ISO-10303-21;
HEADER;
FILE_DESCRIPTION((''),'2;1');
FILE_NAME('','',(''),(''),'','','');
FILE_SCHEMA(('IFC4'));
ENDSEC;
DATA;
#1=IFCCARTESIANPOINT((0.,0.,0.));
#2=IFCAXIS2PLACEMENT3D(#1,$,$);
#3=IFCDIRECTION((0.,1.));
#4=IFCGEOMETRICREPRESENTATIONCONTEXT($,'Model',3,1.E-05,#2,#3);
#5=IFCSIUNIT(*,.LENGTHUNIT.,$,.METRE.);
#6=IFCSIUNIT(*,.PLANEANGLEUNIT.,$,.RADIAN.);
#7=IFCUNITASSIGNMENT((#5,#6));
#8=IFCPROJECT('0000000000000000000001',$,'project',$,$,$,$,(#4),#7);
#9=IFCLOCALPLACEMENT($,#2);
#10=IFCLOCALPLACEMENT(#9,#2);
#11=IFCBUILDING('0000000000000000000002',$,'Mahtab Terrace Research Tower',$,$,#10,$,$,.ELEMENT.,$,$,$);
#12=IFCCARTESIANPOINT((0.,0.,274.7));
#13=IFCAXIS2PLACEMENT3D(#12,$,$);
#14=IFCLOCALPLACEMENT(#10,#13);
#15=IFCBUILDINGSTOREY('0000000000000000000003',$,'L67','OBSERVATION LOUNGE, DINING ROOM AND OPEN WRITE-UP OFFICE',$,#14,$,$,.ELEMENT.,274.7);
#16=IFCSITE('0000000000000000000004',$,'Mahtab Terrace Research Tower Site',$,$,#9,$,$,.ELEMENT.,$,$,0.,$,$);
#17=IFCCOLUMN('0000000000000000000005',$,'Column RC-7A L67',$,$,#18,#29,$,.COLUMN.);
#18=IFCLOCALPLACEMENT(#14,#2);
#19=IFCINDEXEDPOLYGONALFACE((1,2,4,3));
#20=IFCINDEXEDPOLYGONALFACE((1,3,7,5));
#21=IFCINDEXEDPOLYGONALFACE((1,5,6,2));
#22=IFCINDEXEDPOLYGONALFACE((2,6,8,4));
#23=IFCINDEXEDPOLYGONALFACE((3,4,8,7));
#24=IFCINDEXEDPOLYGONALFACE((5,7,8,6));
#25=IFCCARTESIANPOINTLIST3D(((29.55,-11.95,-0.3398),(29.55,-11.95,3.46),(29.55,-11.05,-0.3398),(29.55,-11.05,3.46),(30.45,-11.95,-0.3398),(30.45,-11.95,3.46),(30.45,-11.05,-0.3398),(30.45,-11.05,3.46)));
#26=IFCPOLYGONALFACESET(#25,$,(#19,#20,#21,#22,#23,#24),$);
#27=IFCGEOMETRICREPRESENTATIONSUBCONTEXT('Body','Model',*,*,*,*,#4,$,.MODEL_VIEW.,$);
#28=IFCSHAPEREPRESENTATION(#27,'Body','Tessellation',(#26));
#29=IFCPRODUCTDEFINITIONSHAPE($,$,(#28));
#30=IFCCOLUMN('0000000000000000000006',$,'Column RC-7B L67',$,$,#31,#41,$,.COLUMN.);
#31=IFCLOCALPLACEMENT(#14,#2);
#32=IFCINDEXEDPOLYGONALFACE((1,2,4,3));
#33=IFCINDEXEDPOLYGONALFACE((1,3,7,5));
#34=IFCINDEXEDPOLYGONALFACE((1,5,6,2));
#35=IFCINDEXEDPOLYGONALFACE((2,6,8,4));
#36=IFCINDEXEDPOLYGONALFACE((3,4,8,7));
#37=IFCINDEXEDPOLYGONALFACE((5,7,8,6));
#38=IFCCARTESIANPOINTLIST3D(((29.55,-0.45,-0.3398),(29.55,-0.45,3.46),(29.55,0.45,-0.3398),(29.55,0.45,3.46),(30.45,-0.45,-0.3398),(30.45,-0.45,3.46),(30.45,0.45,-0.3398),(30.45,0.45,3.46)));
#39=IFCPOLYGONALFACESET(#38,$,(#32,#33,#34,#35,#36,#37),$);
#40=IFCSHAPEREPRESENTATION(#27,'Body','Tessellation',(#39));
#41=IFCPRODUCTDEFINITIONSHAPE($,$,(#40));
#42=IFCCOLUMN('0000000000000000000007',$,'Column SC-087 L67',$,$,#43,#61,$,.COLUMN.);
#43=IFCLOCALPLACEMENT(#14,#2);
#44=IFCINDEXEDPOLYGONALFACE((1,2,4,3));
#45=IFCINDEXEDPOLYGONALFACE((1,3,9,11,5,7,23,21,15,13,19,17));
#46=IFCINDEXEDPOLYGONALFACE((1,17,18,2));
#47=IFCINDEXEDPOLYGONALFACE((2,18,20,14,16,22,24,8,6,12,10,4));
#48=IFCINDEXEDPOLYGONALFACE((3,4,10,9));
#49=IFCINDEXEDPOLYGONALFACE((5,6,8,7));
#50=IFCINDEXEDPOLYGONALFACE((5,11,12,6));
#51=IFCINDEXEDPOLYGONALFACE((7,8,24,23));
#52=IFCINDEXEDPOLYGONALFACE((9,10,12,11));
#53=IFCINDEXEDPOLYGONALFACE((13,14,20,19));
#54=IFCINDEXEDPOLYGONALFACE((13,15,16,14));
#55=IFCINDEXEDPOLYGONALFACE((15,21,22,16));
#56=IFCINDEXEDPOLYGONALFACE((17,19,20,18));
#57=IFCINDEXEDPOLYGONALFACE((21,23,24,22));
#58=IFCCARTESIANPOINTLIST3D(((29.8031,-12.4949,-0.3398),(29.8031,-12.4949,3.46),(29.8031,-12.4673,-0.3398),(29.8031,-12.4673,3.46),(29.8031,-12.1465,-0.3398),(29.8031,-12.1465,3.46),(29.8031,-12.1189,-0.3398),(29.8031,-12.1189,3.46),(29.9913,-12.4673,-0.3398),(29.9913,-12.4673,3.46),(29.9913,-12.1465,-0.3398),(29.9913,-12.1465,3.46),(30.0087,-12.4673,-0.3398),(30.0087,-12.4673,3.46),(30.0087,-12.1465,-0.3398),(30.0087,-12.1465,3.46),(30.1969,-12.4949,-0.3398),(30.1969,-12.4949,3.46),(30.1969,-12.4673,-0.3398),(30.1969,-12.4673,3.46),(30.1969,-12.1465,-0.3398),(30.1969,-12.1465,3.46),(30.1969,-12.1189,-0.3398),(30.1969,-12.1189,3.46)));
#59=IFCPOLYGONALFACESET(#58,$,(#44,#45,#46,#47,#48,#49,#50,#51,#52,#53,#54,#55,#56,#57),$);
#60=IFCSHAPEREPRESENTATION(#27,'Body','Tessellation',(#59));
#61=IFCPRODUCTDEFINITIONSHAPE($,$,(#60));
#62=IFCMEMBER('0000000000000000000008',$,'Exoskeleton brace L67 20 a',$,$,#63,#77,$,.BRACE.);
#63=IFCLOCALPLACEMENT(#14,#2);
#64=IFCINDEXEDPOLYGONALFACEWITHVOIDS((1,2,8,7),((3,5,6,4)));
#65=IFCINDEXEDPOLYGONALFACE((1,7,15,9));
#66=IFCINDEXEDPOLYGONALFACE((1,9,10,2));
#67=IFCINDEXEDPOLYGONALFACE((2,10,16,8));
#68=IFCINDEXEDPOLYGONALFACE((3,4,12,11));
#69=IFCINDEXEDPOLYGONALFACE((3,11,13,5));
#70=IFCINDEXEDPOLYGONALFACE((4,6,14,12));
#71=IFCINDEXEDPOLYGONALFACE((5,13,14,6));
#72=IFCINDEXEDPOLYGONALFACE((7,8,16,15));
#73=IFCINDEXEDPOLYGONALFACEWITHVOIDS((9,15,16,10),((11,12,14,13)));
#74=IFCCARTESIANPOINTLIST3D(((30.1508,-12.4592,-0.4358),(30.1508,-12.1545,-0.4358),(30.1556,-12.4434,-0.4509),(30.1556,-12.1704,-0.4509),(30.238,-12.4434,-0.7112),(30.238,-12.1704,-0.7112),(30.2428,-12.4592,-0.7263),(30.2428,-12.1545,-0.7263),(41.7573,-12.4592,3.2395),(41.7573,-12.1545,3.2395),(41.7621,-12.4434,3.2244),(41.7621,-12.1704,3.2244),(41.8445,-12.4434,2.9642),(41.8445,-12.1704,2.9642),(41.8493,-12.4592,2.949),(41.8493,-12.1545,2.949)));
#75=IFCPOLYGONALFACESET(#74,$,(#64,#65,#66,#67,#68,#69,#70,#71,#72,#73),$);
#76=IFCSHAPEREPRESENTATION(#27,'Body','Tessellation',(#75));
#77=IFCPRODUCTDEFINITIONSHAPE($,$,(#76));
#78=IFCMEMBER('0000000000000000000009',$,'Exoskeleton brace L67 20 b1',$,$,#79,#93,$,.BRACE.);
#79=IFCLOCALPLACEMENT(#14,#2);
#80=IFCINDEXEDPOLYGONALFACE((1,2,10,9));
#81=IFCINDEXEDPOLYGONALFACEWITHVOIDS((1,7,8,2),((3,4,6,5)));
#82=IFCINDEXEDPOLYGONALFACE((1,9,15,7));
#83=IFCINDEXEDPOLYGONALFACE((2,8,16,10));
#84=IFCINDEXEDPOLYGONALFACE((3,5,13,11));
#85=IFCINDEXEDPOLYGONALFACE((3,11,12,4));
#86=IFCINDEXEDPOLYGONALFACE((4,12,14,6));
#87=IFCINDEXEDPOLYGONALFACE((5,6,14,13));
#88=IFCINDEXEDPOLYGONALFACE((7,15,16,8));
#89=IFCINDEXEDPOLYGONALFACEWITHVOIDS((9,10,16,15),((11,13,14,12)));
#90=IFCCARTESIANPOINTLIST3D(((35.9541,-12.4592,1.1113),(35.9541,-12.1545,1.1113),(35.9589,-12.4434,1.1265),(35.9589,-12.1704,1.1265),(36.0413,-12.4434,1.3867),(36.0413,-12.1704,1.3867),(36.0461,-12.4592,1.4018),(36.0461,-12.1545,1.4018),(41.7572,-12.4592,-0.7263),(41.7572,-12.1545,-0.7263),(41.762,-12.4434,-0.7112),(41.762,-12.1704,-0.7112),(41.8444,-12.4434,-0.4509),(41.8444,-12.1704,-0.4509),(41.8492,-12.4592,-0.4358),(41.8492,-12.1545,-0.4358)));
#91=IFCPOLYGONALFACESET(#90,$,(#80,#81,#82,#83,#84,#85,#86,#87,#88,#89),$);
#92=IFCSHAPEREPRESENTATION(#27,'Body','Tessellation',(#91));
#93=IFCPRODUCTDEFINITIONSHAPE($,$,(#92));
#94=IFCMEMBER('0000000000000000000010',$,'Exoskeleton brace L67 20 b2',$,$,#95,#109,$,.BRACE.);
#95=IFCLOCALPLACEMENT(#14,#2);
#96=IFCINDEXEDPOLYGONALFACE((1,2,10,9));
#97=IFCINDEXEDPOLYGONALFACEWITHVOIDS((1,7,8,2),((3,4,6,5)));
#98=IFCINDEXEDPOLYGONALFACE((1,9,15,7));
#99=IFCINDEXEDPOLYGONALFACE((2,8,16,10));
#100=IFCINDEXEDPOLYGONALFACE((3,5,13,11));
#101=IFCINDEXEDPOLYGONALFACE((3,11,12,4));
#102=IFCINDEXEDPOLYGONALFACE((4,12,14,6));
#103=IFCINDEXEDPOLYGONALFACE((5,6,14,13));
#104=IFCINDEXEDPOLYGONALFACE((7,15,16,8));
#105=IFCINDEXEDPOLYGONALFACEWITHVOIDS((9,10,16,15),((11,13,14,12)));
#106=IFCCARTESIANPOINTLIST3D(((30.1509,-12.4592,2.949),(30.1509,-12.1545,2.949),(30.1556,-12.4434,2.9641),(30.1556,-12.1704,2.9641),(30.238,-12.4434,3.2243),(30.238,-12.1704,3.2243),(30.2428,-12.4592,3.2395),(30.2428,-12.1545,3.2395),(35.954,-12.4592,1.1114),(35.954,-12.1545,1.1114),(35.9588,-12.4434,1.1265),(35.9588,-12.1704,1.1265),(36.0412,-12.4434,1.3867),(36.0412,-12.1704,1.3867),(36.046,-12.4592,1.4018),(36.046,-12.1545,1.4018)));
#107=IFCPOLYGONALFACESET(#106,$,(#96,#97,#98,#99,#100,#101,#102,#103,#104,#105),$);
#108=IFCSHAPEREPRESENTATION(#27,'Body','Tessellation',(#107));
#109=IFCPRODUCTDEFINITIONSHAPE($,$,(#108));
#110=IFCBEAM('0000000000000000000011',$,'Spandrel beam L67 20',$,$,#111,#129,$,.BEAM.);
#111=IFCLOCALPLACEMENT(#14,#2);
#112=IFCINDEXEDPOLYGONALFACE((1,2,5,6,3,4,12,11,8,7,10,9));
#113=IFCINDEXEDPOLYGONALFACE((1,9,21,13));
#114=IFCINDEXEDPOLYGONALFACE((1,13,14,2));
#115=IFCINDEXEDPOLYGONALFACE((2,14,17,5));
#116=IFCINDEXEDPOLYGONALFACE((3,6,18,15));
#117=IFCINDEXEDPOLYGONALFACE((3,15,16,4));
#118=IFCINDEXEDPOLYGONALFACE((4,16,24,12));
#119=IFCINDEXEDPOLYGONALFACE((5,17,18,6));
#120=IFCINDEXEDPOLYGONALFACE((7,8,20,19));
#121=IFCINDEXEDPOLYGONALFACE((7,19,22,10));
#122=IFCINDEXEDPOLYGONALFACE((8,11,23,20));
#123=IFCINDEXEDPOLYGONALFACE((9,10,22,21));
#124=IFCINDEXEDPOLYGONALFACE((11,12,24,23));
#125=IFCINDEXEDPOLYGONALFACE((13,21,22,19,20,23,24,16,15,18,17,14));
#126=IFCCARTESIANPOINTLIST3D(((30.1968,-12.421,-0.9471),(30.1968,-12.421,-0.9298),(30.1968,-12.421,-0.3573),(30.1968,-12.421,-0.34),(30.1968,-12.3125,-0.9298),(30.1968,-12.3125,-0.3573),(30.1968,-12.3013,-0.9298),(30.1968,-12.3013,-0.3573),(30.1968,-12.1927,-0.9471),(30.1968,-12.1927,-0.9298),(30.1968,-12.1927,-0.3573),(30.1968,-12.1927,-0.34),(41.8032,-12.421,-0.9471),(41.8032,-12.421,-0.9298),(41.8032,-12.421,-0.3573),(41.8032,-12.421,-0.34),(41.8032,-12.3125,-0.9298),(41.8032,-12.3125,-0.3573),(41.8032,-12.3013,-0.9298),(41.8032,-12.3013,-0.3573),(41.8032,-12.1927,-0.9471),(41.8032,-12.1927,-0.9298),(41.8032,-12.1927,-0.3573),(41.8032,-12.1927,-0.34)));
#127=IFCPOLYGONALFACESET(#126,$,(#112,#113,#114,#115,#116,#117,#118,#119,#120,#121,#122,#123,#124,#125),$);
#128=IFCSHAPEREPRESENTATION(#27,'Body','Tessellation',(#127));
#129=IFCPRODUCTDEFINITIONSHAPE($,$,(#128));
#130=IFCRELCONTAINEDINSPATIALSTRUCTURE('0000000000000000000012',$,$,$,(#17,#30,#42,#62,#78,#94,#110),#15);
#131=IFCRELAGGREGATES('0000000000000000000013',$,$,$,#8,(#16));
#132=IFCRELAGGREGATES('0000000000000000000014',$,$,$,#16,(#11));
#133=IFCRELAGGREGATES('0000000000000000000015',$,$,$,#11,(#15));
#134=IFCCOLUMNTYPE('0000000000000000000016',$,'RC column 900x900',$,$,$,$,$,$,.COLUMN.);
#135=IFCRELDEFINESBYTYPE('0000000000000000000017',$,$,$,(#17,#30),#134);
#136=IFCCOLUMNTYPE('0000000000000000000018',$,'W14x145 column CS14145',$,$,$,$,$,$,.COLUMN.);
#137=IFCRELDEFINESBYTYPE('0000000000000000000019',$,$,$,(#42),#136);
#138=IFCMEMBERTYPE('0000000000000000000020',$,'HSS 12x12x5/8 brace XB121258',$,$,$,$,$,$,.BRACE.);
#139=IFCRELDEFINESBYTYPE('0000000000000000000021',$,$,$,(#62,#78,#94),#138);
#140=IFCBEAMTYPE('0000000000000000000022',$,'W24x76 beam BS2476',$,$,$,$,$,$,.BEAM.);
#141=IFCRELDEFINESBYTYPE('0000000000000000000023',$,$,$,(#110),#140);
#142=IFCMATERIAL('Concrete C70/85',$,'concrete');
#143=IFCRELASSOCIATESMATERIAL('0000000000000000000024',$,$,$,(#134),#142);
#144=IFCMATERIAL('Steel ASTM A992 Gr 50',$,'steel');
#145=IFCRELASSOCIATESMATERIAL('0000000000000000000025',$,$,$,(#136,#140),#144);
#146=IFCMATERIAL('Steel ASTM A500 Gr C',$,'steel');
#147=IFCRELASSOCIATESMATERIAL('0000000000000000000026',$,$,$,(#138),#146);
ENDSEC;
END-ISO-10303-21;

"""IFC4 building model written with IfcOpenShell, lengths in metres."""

from ifc_helpers import new_model, si_unit, direction, frame, origin, origin_2d, place, context, subcontext, project, spatial, rectangle, hollow_rectangle, i_section, extrude, material, material_profile, profile_set, type_object, element, save


model = new_model("IFC4")

# Units and contexts
model_context = context("Model", 3, precision=1e-05, world=origin(), true_north=direction((0.0, 1.0)))
body_context = subcontext(model_context, "Body", "Model", "MODEL_VIEW")
ifc_project = project(units=[si_unit("LENGTHUNIT", "METRE"), si_unit("PLANEANGLEUNIT", "RADIAN")], contexts=[model_context])

# Site, building, storey
site_placement = place(None, origin())
site = spatial("IfcSite", under=ifc_project, at=site_placement, Name="Mahtab Terrace Research Tower Site", CompositionType="ELEMENT", RefElevation=0.0)
building_placement = place(site_placement, origin())
building = spatial("IfcBuilding", under=site, at=building_placement, Name="Mahtab Terrace Research Tower", CompositionType="ELEMENT")
storey_placement = place(building_placement, frame((0.0, 0.0, 274.7)))
storey = spatial("IfcBuildingStorey", under=building, at=storey_placement, Name="L67", Description="OBSERVATION LOUNGE, DINING ROOM AND OPEN WRITE-UP OFFICE", CompositionType="ELEMENT", Elevation=274.7)

# Columns
ifc_material_1 = material(Name="Concrete C70/85", Category="concrete")
ifc_material_profile_1 = material_profile(ifc_material_1, rectangle(XDim=0.8999, YDim=0.8999, at=origin_2d()), Name="RC column 900x900")
ifc_profile_set_1 = profile_set([ifc_material_profile_1], Name="Concrete C70/85")
column_type_1 = type_object("IfcColumnType", Name="RC column 900x900", PredefinedType="COLUMN", material=ifc_profile_set_1)
for number, where, z_axis, x_axis, name in (
    (1, (30.0, -11.5, -0.3398), (0.0, 0.0, 1.0), (1.0, 0.0, 0.0), "Column RC-7A L67"),
    (2, (30.0, 0.0, -0.3398), (0.0, 0.0, 1.0), (1.0, 0.0, 0.0), "Column RC-7B L67"),
):
    element("IfcColumn", number, at=place(storey_placement, frame(where, z_axis=z_axis, x_axis=x_axis)), inside=storey, type_object=column_type_1, Name=name, PredefinedType="COLUMN", context=body_context, shape_type="SweptSolid", body=[
        extrude(rectangle(XDim=0.8999, YDim=0.8999, at=origin_2d()), origin(), (0.0, 0.0, 1.0), 3.7998),
    ])
ifc_material_2 = material(Name="Steel ASTM A992 Gr 50", Category="steel")
ifc_material_profile_2 = material_profile(ifc_material_2, i_section(OverallWidth=0.3938, OverallDepth=0.376, WebThickness=0.0173, FlangeThickness=0.0276, at=origin_2d()), Name="W14X145")
ifc_profile_set_2 = profile_set([ifc_material_profile_2], Name="Steel ASTM A992 Gr 50")
column_type_2 = type_object("IfcColumnType", Name="W14x145 column CS14145", PredefinedType="COLUMN", material=ifc_profile_set_2)
column_placement = place(storey_placement, frame((30.0, -12.3069, -0.3398), z_axis=(0.0, 0.0, 1.0), x_axis=(1.0, 0.0, 0.0)))
element("IfcColumn", 3, at=column_placement, inside=storey, type_object=column_type_2, Name="Column SC-087 L67", PredefinedType="COLUMN", context=body_context, shape_type="SweptSolid", body=[
    extrude(i_section(OverallWidth=0.3938, OverallDepth=0.376, WebThickness=0.0173, FlangeThickness=0.0276, at=origin_2d()), origin(), (0.0, 0.0, 1.0), 3.7998),
])

# Members
ifc_material_3 = material(Name="Steel ASTM A500 Gr C", Category="steel")
ifc_material_profile_3 = material_profile(ifc_material_3, hollow_rectangle(XDim=0.3047, YDim=0.3047, WallThickness=0.0159, at=origin_2d()), Name="HSS12X12X5/8")
ifc_profile_set_3 = profile_set([ifc_material_profile_3], Name="Steel ASTM A500 Gr C")
member_type = type_object("IfcMemberType", Name="HSS 12x12x5/8 brace XB121258", PredefinedType="BRACE", material=ifc_profile_set_3)
member_placement = place(storey_placement, frame((30.1968, -12.3069, -0.5811), z_axis=(0.953344, 0.0, 0.301886), x_axis=(0.0, 1.0, 0.0)))
element("IfcMember", 4, at=member_placement, inside=storey, type_object=member_type, Name="Exoskeleton brace L67 20 a", PredefinedType="BRACE", context=body_context, shape_type="SweptSolid", body=[
    extrude(hollow_rectangle(XDim=0.3047, YDim=0.3047, WallThickness=0.0159, at=origin_2d()), origin(), (0.0, 0.0, 1.0), 12.1746),
])
for number, where, z_axis, x_axis, name in (
    (5, (41.8032, -12.3069, -0.5811), (-0.953344, 0.0, 0.301886), (0.0, -1.0, 0.0), "Exoskeleton brace L67 20 b1"),
    (6, (36.0, -12.3069, 1.2566), (-0.953344, 0.0, 0.301886), (0.0, -1.0, 0.0), "Exoskeleton brace L67 20 b2"),
):
    element("IfcMember", number, at=place(storey_placement, frame(where, z_axis=z_axis, x_axis=x_axis)), inside=storey, type_object=member_type, Name=name, PredefinedType="BRACE", context=body_context, shape_type="SweptSolid", body=[
        extrude(hollow_rectangle(XDim=0.3047, YDim=0.3047, WallThickness=0.0159, at=origin_2d()), origin(), (0.0, 0.0, 1.0), 6.0872),
    ])

# Beam
ifc_material_profile_4 = material_profile(ifc_material_2, i_section(OverallWidth=0.2283, OverallDepth=0.6072, WebThickness=0.0112, FlangeThickness=0.0173, at=origin_2d()), Name="W24X76")
ifc_profile_set_4 = profile_set([ifc_material_profile_4], Name="Steel ASTM A992 Gr 50")
beam_type = type_object("IfcBeamType", Name="W24x76 beam BS2476", PredefinedType="BEAM", material=ifc_profile_set_4)
beam_placement = place(storey_placement, frame((30.1968, -12.3069, -0.6436), z_axis=(1.0, 0.0, 0.0), x_axis=(0.0, 1.0, 0.0)))
element("IfcBeam", 7, at=beam_placement, inside=storey, type_object=beam_type, Name="Spandrel beam L67 20", PredefinedType="BEAM", context=body_context, shape_type="SweptSolid", body=[
    extrude(i_section(OverallWidth=0.2283, OverallDepth=0.6072, WebThickness=0.0112, FlangeThickness=0.0173, at=origin_2d()), origin(), (0.0, 0.0, 1.0), 11.6064),
])

save(model, "model.ifc")
